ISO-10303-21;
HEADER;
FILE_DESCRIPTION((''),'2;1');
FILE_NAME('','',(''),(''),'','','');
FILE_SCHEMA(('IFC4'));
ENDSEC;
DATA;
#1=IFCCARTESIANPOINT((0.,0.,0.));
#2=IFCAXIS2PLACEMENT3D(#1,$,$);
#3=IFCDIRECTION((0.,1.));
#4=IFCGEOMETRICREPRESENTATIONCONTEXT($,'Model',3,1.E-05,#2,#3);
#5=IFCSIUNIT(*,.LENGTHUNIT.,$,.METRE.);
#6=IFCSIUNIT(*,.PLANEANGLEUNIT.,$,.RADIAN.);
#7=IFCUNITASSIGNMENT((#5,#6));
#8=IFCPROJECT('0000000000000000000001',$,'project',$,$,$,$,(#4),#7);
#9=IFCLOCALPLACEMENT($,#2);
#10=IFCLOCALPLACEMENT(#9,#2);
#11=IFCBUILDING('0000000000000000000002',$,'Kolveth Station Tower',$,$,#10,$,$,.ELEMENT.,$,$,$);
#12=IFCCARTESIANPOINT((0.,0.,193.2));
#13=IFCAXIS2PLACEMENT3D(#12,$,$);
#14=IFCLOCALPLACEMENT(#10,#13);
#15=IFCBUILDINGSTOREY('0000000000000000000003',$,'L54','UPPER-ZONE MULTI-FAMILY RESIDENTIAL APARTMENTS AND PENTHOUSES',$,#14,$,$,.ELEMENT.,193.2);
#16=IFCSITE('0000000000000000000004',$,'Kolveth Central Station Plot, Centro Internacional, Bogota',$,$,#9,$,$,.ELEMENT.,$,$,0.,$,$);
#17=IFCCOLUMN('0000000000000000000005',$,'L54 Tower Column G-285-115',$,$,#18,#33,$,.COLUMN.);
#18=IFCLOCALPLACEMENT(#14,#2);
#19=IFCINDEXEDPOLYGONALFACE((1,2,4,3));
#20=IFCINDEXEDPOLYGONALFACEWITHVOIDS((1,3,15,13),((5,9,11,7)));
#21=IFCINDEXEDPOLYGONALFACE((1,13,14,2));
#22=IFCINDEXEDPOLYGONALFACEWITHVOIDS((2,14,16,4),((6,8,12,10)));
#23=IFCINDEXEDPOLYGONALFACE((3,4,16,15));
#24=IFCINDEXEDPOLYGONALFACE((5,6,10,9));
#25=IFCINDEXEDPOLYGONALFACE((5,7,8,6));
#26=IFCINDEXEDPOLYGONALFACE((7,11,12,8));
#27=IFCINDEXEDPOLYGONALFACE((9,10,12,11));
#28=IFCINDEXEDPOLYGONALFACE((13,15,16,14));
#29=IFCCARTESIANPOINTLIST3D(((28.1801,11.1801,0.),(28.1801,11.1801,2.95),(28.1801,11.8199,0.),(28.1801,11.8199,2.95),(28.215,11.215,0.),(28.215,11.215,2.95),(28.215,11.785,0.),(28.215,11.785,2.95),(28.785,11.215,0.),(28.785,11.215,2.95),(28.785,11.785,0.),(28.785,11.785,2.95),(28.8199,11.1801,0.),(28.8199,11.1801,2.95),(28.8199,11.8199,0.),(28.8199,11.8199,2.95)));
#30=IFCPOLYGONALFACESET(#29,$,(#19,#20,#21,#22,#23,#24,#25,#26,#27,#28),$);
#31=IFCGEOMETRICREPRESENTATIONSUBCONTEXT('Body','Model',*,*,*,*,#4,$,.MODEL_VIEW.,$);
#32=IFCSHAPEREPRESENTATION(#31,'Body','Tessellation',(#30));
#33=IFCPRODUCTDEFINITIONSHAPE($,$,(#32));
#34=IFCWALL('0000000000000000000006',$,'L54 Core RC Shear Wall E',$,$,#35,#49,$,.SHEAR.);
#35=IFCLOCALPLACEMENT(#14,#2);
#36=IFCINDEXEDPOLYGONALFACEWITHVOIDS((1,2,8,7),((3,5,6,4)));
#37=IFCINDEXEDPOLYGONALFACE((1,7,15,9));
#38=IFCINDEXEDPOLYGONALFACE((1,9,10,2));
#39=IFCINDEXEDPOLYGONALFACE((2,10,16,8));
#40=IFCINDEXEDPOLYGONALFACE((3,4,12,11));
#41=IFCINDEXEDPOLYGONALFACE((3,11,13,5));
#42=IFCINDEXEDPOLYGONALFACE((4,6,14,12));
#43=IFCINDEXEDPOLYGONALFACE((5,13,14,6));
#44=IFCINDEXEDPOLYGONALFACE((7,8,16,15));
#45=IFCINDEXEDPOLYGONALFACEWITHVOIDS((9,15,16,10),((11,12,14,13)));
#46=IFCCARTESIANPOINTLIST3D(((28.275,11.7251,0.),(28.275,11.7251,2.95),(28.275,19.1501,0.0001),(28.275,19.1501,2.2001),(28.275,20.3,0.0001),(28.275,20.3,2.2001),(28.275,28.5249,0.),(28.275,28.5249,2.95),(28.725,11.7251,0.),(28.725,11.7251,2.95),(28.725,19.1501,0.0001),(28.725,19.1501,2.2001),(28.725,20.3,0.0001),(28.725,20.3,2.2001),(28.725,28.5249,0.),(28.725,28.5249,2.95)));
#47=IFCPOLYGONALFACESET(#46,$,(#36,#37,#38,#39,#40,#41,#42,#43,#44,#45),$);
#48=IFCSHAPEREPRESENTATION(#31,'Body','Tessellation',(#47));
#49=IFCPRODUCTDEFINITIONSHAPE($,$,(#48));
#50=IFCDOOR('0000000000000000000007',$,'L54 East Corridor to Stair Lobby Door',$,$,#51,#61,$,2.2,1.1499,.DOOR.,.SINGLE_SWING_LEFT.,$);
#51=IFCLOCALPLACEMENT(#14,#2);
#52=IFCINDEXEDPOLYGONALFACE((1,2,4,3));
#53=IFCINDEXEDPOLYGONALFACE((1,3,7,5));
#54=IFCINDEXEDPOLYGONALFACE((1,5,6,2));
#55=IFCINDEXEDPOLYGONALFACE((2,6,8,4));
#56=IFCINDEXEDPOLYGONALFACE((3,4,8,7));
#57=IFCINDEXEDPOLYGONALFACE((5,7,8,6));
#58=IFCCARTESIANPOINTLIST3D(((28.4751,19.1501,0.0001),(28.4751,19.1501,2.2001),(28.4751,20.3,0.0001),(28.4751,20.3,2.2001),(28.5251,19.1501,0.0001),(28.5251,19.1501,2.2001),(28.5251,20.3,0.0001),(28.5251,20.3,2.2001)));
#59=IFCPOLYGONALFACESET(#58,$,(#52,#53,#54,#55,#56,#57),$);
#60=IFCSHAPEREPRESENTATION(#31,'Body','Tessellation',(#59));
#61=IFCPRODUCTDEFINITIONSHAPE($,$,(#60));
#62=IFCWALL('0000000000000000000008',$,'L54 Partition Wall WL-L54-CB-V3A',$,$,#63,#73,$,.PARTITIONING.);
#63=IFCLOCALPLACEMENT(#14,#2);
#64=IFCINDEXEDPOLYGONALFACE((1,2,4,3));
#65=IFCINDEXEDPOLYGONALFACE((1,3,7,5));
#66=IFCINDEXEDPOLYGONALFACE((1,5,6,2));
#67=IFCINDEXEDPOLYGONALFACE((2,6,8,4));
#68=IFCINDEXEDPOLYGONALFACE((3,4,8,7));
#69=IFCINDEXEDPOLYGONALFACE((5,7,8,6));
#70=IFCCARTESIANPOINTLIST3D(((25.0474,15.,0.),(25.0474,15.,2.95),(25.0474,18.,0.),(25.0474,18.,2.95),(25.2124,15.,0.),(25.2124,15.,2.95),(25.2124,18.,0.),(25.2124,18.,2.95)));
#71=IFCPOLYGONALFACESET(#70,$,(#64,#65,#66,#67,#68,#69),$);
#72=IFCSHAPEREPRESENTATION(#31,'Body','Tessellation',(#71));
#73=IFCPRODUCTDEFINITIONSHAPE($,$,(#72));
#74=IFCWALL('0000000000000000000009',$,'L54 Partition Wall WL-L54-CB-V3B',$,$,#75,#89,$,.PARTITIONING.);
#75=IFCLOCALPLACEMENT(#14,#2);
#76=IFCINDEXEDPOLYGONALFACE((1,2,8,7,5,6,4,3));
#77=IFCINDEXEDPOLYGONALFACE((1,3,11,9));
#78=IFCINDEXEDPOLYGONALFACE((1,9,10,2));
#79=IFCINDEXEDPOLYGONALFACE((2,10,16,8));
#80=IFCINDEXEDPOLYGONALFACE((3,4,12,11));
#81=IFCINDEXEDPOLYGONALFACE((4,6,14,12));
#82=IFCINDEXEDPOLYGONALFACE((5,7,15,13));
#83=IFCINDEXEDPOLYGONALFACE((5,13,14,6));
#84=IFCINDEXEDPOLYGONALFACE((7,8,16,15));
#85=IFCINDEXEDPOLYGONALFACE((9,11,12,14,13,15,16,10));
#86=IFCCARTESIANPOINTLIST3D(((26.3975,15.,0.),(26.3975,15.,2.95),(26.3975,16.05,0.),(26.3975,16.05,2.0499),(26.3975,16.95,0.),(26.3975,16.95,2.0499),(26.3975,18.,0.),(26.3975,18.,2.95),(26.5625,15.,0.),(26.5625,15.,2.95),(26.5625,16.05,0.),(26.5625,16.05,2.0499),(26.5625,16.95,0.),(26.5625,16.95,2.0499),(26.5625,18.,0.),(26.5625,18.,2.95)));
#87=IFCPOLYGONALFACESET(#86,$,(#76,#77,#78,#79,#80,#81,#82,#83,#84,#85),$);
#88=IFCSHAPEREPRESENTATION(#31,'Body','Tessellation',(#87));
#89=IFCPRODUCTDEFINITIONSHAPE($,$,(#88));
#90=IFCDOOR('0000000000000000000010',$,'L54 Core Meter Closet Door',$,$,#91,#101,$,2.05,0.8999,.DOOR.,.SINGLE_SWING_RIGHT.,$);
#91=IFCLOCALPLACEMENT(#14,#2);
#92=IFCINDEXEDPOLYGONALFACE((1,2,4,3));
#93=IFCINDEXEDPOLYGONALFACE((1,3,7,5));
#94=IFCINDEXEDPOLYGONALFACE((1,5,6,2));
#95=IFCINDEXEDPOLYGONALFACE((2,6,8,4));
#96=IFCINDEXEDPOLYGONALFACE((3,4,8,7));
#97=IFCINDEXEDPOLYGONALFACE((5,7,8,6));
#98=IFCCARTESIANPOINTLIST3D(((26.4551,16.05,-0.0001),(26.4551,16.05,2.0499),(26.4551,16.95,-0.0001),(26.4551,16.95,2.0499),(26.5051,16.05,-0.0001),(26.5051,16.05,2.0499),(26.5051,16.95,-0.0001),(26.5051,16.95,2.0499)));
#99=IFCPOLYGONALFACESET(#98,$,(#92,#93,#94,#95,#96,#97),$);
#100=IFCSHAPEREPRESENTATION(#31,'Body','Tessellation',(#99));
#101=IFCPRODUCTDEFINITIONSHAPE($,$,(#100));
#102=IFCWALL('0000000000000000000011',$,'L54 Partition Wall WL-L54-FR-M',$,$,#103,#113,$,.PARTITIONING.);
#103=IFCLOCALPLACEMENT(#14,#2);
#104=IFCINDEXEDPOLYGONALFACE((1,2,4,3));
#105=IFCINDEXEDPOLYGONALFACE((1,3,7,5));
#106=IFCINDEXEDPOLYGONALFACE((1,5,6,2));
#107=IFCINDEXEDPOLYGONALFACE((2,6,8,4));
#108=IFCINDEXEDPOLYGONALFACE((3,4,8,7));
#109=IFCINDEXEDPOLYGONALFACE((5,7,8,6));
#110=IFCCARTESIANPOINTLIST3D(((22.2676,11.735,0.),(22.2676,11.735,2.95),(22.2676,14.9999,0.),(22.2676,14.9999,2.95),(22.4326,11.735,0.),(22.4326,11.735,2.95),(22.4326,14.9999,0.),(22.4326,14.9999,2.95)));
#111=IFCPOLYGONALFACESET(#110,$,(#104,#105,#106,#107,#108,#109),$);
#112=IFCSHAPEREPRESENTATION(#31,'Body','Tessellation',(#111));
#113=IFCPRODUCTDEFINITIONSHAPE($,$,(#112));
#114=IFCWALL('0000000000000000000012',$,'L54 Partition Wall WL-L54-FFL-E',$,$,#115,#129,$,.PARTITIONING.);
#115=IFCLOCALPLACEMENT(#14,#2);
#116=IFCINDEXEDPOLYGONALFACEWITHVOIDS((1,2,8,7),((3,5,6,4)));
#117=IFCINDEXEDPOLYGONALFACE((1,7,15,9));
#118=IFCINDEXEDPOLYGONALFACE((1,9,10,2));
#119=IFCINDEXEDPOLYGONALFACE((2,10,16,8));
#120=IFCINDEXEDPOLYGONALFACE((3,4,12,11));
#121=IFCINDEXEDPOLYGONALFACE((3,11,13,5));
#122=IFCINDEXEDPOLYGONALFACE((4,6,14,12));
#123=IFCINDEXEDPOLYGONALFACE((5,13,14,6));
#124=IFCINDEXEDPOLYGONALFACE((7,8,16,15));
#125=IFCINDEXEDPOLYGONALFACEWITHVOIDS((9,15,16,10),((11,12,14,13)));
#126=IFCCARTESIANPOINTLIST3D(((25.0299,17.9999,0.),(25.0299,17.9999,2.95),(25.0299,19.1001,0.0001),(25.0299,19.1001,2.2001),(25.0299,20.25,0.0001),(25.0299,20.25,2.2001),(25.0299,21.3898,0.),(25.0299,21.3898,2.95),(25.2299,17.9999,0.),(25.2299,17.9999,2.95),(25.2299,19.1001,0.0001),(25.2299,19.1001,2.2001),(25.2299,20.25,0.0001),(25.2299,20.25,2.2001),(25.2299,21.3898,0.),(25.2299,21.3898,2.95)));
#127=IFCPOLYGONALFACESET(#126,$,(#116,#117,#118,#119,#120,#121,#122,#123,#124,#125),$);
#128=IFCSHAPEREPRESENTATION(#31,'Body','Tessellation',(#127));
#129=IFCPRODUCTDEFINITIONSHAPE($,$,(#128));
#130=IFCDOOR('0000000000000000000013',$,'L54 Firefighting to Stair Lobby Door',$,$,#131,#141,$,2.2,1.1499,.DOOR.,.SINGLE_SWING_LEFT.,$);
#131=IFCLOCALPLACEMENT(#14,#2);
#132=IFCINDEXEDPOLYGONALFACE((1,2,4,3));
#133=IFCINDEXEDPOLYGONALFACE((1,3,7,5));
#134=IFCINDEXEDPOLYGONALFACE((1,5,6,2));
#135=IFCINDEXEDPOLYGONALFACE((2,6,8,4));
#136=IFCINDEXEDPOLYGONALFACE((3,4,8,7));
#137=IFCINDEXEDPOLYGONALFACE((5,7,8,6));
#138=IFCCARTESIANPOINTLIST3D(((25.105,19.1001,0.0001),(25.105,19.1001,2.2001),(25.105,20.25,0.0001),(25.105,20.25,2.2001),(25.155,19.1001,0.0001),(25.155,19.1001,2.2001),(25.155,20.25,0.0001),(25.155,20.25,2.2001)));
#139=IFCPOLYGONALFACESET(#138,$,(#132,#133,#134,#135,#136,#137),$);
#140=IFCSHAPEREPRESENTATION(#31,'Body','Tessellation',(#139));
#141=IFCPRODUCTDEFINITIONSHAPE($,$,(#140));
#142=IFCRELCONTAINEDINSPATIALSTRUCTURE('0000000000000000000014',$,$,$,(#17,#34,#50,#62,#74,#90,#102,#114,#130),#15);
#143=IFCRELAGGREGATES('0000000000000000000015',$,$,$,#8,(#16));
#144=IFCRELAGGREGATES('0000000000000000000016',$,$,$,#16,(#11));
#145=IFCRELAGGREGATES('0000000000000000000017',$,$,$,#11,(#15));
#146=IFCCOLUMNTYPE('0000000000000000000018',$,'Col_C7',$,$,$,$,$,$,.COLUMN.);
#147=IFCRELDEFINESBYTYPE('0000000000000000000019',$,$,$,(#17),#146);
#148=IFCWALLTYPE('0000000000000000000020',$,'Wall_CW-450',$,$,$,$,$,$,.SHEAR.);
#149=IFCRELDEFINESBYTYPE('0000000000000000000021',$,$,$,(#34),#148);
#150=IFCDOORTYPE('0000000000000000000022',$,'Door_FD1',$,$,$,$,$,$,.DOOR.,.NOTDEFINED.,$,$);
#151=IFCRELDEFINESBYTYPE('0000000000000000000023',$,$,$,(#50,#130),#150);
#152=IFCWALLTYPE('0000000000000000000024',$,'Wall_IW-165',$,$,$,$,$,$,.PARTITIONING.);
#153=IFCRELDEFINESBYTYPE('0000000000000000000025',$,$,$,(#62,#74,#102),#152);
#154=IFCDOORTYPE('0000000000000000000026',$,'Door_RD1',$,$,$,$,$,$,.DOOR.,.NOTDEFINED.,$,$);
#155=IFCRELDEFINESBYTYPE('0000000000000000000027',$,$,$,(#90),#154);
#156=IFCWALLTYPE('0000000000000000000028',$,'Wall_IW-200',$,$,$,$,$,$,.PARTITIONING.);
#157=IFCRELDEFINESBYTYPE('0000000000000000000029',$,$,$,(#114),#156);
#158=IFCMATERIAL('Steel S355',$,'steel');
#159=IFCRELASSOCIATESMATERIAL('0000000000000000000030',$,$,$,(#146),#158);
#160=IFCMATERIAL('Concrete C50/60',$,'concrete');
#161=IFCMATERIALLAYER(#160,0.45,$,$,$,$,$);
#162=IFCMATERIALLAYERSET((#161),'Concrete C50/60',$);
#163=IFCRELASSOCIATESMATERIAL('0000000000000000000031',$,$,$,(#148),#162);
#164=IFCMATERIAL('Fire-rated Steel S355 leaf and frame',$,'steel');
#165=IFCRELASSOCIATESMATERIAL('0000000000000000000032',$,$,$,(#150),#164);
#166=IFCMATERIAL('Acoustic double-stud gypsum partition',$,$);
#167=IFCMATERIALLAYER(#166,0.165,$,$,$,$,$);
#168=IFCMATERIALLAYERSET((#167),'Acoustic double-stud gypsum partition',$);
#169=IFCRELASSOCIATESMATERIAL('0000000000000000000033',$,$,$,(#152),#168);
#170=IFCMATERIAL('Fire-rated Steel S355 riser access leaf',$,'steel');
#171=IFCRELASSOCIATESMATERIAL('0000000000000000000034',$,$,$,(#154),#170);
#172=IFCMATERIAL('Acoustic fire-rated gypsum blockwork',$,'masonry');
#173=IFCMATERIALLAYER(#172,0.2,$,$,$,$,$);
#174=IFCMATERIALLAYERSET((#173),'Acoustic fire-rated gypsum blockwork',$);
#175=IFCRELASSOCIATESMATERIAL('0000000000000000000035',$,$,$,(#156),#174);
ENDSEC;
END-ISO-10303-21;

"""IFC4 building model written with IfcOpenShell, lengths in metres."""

from ifc_helpers import new_model, si_unit, direction, frame, frame_2d, origin, origin_2d, place, context, subcontext, project, spatial, rectangle, hollow_rectangle, extrude, source, transform, mapped, material, layer, layer_set, material_profile, profile_set, type_object, element, fill, save


model = new_model("IFC4")

# Units and contexts
model_context = context("Model", 3, precision=1e-05, world=origin(), true_north=direction((0.0, 1.0)))
body_context = subcontext(model_context, "Body", "Model", "MODEL_VIEW")
ifc_project = project(units=[si_unit("LENGTHUNIT", "METRE"), si_unit("PLANEANGLEUNIT", "RADIAN")], contexts=[model_context])

# Site, building, storey
site_placement = place(None, origin())
site = spatial("IfcSite", under=ifc_project, at=site_placement, Name="Kolveth Central Station Plot, Centro Internacional, Bogota", CompositionType="ELEMENT", RefElevation=0.0)
building_placement = place(site_placement, origin())
building = spatial("IfcBuilding", under=site, at=building_placement, Name="Kolveth Station Tower", CompositionType="ELEMENT")
storey_placement = place(building_placement, frame((0.0, 0.0, 193.2)))
storey = spatial("IfcBuildingStorey", under=building, at=storey_placement, Name="L54", Description="UPPER-ZONE MULTI-FAMILY RESIDENTIAL APARTMENTS AND PENTHOUSES", CompositionType="ELEMENT", Elevation=193.2)

# Column
ifc_material_1 = material(Name="Steel S355", Category="steel")
ifc_material_profile = material_profile(ifc_material_1, hollow_rectangle(XDim=0.6399, YDim=0.6399, WallThickness=0.0349, at=origin_2d()), Name="BOX640x640x35")
ifc_profile_set = profile_set([ifc_material_profile], Name="Steel S355")
column_type = type_object("IfcColumnType", Name="Col_C7", PredefinedType="COLUMN", material=ifc_profile_set)
shared_shape = source(origin(), body_context, "Body", "SweptSolid", [
    extrude(hollow_rectangle(XDim=0.6399, YDim=0.6399, WallThickness=0.0349, at=origin_2d()), origin(), (0.0, 0.0, 1.0), 2.95),
])
column_placement = place(storey_placement, frame((28.5, 11.5, 0.0), z_axis=(0.0, 0.0, 1.0), x_axis=(1.0, 0.0, 0.0)))
element("IfcColumn", 1, at=column_placement, inside=storey, type_object=column_type, Name="L54 Tower Column G-285-115", PredefinedType="COLUMN", context=body_context, shape_type="MappedRepresentation", body=[
    mapped(shared_shape, transform((0.0, 0.0, 0.0), x_axis=(1.0, 0.0, 0.0), y_axis=(0.0, 1.0, 0.0), z_axis=(0.0, 0.0, 1.0), scale=1.0)),
])

# Wall, opening, door
ifc_material_2 = material(Name="Concrete C50/60", Category="concrete")
ifc_layer_1 = layer(ifc_material_2, 0.45)
ifc_layer_set_1 = layer_set([ifc_layer_1], Name="Concrete C50/60")
wall_type_1 = type_object("IfcWallType", Name="Wall_CW-450", PredefinedType="SHEAR", material=ifc_layer_set_1)
wall_1_placement = place(storey_placement, frame((28.5, 11.7251, 0.0), z_axis=(0.0, 0.0, 1.0), x_axis=(0.0, 1.0, 0.0)))
wall_1 = element("IfcWall", 2, at=wall_1_placement, inside=storey, type_object=wall_type_1, Name="L54 Core RC Shear Wall E", PredefinedType="SHEAR", context=body_context, shape_type="SweptSolid", body=[
    extrude(rectangle(XDim=16.7998, YDim=0.45, at=frame_2d((8.3999, 0.0))), origin(), (0.0, 0.0, 1.0), 2.95),
])
opening_1_placement = place(wall_1_placement, frame((7.425, 0.0, 0.0)))
opening_1 = element("IfcOpeningElement", 3, at=opening_1_placement, cuts=wall_1, PredefinedType="OPENING", context=body_context, shape_type="SweptSolid", body=[
    extrude(rectangle(XDim=1.1499, YDim=2.2, at=frame_2d((0.575, 1.1001))), frame((0.0, 0.2349, 0.0), z_axis=(0.0, -1.0, 0.0), x_axis=(1.0, 0.0, 0.0)), (0.0, 0.0, 1.0), 0.47),
])
ifc_material_3 = material(Name="Fire-rated Steel S355 leaf and frame", Category="steel")
door_type_1 = type_object("IfcDoorType", Name="Door_FD1", OperationType="NOTDEFINED", PredefinedType="DOOR", material=ifc_material_3)
door_1_placement = place(opening_1_placement, origin())
door_1 = element("IfcDoor", 4, at=door_1_placement, inside=storey, type_object=door_type_1, Name="L54 East Corridor to Stair Lobby Door", OperationType="SINGLE_SWING_LEFT", OverallHeight=2.2, OverallWidth=1.1499, PredefinedType="DOOR", context=body_context, shape_type="SweptSolid", body=[
    extrude(rectangle(XDim=1.1499, YDim=2.2, at=frame_2d((0.575, 1.1001))), frame((0.0, 0.0249, 0.0), z_axis=(0.0, -1.0, 0.0), x_axis=(1.0, 0.0, 0.0)), (0.0, 0.0, 1.0), 0.05),
])
fill(opening_1, door_1)

# Wall
ifc_material_4 = material(Name="Acoustic double-stud gypsum partition")
ifc_layer_2 = layer(ifc_material_4, 0.165)
ifc_layer_set_2 = layer_set([ifc_layer_2], Name="Acoustic double-stud gypsum partition")
wall_type_2 = type_object("IfcWallType", Name="Wall_IW-165", PredefinedType="PARTITIONING", material=ifc_layer_set_2)
wall_2_placement = place(storey_placement, frame((25.1299, 15.0, 0.0), z_axis=(0.0, 0.0, 1.0), x_axis=(0.0, 1.0, 0.0)))
element("IfcWall", 5, at=wall_2_placement, inside=storey, type_object=wall_type_2, Name="L54 Partition Wall WL-L54-CB-V3A", PredefinedType="PARTITIONING", context=body_context, shape_type="SweptSolid", body=[
    extrude(rectangle(XDim=3.0, YDim=0.165, at=frame_2d((1.5, 0.0))), origin(), (0.0, 0.0, 1.0), 2.95),
])

# Wall, opening, door
wall_3_placement = place(storey_placement, frame((26.48, 15.0, 0.0), z_axis=(0.0, 0.0, 1.0), x_axis=(0.0, 1.0, 0.0)))
wall_3 = element("IfcWall", 6, at=wall_3_placement, inside=storey, type_object=wall_type_2, Name="L54 Partition Wall WL-L54-CB-V3B", PredefinedType="PARTITIONING", context=body_context, shape_type="SweptSolid", body=[
    extrude(rectangle(XDim=3.0, YDim=0.165, at=frame_2d((1.5, 0.0))), origin(), (0.0, 0.0, 1.0), 2.95),
])
opening_2_placement = place(wall_3_placement, frame((1.05, 0.0, 0.0)))
opening_2 = element("IfcOpeningElement", 7, at=opening_2_placement, cuts=wall_3, PredefinedType="OPENING", context=body_context, shape_type="SweptSolid", body=[
    extrude(rectangle(XDim=0.8999, YDim=2.05, at=frame_2d((0.45, 1.0249))), frame((0.0, 0.0925, 0.0), z_axis=(0.0, -1.0, 0.0), x_axis=(1.0, 0.0, 0.0)), (0.0, 0.0, 1.0), 0.1851),
])
ifc_material_5 = material(Name="Fire-rated Steel S355 riser access leaf", Category="steel")
door_type_2 = type_object("IfcDoorType", Name="Door_RD1", OperationType="NOTDEFINED", PredefinedType="DOOR", material=ifc_material_5)
door_2_placement = place(opening_2_placement, origin())
door_2 = element("IfcDoor", 8, at=door_2_placement, inside=storey, type_object=door_type_2, Name="L54 Core Meter Closet Door", OperationType="SINGLE_SWING_RIGHT", OverallHeight=2.05, OverallWidth=0.8999, PredefinedType="DOOR", context=body_context, shape_type="SweptSolid", body=[
    extrude(rectangle(XDim=0.8999, YDim=2.05, at=frame_2d((0.45, 1.0249))), frame((0.0, 0.0249, 0.0), z_axis=(0.0, -1.0, 0.0), x_axis=(1.0, 0.0, 0.0)), (0.0, 0.0, 1.0), 0.05),
])
fill(opening_2, door_2)

# Wall
wall_4_placement = place(storey_placement, frame((22.3501, 11.7351, 0.0), z_axis=(0.0, 0.0, 1.0), x_axis=(0.0, 1.0, 0.0)))
element("IfcWall", 9, at=wall_4_placement, inside=storey, type_object=wall_type_2, Name="L54 Partition Wall WL-L54-FR-M", PredefinedType="PARTITIONING", context=body_context, shape_type="SweptSolid", body=[
    extrude(rectangle(XDim=3.2649, YDim=0.165, at=frame_2d((1.6323, 0.0))), origin(), (0.0, 0.0, 1.0), 2.95),
])

# Wall, opening, door
ifc_material_6 = material(Name="Acoustic fire-rated gypsum blockwork", Category="masonry")
ifc_layer_3 = layer(ifc_material_6, 0.2)
ifc_layer_set_3 = layer_set([ifc_layer_3], Name="Acoustic fire-rated gypsum blockwork")
wall_type_3 = type_object("IfcWallType", Name="Wall_IW-200", PredefinedType="PARTITIONING", material=ifc_layer_set_3)
wall_5_placement = place(storey_placement, frame((25.1299, 18.0, 0.0), z_axis=(0.0, 0.0, 1.0), x_axis=(0.0, 1.0, 0.0)))
wall_5 = element("IfcWall", 10, at=wall_5_placement, inside=storey, type_object=wall_type_3, Name="L54 Partition Wall WL-L54-FFL-E", PredefinedType="PARTITIONING", context=body_context, shape_type="SweptSolid", body=[
    extrude(rectangle(XDim=3.3899, YDim=0.2, at=frame_2d((1.6948, 0.0))), origin(), (0.0, 0.0, 1.0), 2.95),
])
opening_3_placement = place(wall_5_placement, frame((1.1001, 0.0, 0.0)))
opening_3 = element("IfcOpeningElement", 11, at=opening_3_placement, cuts=wall_5, PredefinedType="OPENING", context=body_context, shape_type="SweptSolid", body=[
    extrude(rectangle(XDim=1.1499, YDim=2.2, at=frame_2d((0.575, 1.1001))), frame((0.0, 0.1099, 0.0), z_axis=(0.0, -1.0, 0.0), x_axis=(1.0, 0.0, 0.0)), (0.0, 0.0, 1.0), 0.22),
])
door_3_placement = place(opening_3_placement, origin())
door_3 = element("IfcDoor", 12, at=door_3_placement, inside=storey, type_object=door_type_1, Name="L54 Firefighting to Stair Lobby Door", OperationType="SINGLE_SWING_LEFT", OverallHeight=2.2, OverallWidth=1.1499, PredefinedType="DOOR", context=body_context, shape_type="SweptSolid", body=[
    extrude(rectangle(XDim=1.1499, YDim=2.2, at=frame_2d((0.575, 1.1001))), frame((0.0, 0.0249, 0.0), z_axis=(0.0, -1.0, 0.0), x_axis=(1.0, 0.0, 0.0)), (0.0, 0.0, 1.0), 0.05),
])
fill(opening_3, door_3)

save(model, "model.ifc")
